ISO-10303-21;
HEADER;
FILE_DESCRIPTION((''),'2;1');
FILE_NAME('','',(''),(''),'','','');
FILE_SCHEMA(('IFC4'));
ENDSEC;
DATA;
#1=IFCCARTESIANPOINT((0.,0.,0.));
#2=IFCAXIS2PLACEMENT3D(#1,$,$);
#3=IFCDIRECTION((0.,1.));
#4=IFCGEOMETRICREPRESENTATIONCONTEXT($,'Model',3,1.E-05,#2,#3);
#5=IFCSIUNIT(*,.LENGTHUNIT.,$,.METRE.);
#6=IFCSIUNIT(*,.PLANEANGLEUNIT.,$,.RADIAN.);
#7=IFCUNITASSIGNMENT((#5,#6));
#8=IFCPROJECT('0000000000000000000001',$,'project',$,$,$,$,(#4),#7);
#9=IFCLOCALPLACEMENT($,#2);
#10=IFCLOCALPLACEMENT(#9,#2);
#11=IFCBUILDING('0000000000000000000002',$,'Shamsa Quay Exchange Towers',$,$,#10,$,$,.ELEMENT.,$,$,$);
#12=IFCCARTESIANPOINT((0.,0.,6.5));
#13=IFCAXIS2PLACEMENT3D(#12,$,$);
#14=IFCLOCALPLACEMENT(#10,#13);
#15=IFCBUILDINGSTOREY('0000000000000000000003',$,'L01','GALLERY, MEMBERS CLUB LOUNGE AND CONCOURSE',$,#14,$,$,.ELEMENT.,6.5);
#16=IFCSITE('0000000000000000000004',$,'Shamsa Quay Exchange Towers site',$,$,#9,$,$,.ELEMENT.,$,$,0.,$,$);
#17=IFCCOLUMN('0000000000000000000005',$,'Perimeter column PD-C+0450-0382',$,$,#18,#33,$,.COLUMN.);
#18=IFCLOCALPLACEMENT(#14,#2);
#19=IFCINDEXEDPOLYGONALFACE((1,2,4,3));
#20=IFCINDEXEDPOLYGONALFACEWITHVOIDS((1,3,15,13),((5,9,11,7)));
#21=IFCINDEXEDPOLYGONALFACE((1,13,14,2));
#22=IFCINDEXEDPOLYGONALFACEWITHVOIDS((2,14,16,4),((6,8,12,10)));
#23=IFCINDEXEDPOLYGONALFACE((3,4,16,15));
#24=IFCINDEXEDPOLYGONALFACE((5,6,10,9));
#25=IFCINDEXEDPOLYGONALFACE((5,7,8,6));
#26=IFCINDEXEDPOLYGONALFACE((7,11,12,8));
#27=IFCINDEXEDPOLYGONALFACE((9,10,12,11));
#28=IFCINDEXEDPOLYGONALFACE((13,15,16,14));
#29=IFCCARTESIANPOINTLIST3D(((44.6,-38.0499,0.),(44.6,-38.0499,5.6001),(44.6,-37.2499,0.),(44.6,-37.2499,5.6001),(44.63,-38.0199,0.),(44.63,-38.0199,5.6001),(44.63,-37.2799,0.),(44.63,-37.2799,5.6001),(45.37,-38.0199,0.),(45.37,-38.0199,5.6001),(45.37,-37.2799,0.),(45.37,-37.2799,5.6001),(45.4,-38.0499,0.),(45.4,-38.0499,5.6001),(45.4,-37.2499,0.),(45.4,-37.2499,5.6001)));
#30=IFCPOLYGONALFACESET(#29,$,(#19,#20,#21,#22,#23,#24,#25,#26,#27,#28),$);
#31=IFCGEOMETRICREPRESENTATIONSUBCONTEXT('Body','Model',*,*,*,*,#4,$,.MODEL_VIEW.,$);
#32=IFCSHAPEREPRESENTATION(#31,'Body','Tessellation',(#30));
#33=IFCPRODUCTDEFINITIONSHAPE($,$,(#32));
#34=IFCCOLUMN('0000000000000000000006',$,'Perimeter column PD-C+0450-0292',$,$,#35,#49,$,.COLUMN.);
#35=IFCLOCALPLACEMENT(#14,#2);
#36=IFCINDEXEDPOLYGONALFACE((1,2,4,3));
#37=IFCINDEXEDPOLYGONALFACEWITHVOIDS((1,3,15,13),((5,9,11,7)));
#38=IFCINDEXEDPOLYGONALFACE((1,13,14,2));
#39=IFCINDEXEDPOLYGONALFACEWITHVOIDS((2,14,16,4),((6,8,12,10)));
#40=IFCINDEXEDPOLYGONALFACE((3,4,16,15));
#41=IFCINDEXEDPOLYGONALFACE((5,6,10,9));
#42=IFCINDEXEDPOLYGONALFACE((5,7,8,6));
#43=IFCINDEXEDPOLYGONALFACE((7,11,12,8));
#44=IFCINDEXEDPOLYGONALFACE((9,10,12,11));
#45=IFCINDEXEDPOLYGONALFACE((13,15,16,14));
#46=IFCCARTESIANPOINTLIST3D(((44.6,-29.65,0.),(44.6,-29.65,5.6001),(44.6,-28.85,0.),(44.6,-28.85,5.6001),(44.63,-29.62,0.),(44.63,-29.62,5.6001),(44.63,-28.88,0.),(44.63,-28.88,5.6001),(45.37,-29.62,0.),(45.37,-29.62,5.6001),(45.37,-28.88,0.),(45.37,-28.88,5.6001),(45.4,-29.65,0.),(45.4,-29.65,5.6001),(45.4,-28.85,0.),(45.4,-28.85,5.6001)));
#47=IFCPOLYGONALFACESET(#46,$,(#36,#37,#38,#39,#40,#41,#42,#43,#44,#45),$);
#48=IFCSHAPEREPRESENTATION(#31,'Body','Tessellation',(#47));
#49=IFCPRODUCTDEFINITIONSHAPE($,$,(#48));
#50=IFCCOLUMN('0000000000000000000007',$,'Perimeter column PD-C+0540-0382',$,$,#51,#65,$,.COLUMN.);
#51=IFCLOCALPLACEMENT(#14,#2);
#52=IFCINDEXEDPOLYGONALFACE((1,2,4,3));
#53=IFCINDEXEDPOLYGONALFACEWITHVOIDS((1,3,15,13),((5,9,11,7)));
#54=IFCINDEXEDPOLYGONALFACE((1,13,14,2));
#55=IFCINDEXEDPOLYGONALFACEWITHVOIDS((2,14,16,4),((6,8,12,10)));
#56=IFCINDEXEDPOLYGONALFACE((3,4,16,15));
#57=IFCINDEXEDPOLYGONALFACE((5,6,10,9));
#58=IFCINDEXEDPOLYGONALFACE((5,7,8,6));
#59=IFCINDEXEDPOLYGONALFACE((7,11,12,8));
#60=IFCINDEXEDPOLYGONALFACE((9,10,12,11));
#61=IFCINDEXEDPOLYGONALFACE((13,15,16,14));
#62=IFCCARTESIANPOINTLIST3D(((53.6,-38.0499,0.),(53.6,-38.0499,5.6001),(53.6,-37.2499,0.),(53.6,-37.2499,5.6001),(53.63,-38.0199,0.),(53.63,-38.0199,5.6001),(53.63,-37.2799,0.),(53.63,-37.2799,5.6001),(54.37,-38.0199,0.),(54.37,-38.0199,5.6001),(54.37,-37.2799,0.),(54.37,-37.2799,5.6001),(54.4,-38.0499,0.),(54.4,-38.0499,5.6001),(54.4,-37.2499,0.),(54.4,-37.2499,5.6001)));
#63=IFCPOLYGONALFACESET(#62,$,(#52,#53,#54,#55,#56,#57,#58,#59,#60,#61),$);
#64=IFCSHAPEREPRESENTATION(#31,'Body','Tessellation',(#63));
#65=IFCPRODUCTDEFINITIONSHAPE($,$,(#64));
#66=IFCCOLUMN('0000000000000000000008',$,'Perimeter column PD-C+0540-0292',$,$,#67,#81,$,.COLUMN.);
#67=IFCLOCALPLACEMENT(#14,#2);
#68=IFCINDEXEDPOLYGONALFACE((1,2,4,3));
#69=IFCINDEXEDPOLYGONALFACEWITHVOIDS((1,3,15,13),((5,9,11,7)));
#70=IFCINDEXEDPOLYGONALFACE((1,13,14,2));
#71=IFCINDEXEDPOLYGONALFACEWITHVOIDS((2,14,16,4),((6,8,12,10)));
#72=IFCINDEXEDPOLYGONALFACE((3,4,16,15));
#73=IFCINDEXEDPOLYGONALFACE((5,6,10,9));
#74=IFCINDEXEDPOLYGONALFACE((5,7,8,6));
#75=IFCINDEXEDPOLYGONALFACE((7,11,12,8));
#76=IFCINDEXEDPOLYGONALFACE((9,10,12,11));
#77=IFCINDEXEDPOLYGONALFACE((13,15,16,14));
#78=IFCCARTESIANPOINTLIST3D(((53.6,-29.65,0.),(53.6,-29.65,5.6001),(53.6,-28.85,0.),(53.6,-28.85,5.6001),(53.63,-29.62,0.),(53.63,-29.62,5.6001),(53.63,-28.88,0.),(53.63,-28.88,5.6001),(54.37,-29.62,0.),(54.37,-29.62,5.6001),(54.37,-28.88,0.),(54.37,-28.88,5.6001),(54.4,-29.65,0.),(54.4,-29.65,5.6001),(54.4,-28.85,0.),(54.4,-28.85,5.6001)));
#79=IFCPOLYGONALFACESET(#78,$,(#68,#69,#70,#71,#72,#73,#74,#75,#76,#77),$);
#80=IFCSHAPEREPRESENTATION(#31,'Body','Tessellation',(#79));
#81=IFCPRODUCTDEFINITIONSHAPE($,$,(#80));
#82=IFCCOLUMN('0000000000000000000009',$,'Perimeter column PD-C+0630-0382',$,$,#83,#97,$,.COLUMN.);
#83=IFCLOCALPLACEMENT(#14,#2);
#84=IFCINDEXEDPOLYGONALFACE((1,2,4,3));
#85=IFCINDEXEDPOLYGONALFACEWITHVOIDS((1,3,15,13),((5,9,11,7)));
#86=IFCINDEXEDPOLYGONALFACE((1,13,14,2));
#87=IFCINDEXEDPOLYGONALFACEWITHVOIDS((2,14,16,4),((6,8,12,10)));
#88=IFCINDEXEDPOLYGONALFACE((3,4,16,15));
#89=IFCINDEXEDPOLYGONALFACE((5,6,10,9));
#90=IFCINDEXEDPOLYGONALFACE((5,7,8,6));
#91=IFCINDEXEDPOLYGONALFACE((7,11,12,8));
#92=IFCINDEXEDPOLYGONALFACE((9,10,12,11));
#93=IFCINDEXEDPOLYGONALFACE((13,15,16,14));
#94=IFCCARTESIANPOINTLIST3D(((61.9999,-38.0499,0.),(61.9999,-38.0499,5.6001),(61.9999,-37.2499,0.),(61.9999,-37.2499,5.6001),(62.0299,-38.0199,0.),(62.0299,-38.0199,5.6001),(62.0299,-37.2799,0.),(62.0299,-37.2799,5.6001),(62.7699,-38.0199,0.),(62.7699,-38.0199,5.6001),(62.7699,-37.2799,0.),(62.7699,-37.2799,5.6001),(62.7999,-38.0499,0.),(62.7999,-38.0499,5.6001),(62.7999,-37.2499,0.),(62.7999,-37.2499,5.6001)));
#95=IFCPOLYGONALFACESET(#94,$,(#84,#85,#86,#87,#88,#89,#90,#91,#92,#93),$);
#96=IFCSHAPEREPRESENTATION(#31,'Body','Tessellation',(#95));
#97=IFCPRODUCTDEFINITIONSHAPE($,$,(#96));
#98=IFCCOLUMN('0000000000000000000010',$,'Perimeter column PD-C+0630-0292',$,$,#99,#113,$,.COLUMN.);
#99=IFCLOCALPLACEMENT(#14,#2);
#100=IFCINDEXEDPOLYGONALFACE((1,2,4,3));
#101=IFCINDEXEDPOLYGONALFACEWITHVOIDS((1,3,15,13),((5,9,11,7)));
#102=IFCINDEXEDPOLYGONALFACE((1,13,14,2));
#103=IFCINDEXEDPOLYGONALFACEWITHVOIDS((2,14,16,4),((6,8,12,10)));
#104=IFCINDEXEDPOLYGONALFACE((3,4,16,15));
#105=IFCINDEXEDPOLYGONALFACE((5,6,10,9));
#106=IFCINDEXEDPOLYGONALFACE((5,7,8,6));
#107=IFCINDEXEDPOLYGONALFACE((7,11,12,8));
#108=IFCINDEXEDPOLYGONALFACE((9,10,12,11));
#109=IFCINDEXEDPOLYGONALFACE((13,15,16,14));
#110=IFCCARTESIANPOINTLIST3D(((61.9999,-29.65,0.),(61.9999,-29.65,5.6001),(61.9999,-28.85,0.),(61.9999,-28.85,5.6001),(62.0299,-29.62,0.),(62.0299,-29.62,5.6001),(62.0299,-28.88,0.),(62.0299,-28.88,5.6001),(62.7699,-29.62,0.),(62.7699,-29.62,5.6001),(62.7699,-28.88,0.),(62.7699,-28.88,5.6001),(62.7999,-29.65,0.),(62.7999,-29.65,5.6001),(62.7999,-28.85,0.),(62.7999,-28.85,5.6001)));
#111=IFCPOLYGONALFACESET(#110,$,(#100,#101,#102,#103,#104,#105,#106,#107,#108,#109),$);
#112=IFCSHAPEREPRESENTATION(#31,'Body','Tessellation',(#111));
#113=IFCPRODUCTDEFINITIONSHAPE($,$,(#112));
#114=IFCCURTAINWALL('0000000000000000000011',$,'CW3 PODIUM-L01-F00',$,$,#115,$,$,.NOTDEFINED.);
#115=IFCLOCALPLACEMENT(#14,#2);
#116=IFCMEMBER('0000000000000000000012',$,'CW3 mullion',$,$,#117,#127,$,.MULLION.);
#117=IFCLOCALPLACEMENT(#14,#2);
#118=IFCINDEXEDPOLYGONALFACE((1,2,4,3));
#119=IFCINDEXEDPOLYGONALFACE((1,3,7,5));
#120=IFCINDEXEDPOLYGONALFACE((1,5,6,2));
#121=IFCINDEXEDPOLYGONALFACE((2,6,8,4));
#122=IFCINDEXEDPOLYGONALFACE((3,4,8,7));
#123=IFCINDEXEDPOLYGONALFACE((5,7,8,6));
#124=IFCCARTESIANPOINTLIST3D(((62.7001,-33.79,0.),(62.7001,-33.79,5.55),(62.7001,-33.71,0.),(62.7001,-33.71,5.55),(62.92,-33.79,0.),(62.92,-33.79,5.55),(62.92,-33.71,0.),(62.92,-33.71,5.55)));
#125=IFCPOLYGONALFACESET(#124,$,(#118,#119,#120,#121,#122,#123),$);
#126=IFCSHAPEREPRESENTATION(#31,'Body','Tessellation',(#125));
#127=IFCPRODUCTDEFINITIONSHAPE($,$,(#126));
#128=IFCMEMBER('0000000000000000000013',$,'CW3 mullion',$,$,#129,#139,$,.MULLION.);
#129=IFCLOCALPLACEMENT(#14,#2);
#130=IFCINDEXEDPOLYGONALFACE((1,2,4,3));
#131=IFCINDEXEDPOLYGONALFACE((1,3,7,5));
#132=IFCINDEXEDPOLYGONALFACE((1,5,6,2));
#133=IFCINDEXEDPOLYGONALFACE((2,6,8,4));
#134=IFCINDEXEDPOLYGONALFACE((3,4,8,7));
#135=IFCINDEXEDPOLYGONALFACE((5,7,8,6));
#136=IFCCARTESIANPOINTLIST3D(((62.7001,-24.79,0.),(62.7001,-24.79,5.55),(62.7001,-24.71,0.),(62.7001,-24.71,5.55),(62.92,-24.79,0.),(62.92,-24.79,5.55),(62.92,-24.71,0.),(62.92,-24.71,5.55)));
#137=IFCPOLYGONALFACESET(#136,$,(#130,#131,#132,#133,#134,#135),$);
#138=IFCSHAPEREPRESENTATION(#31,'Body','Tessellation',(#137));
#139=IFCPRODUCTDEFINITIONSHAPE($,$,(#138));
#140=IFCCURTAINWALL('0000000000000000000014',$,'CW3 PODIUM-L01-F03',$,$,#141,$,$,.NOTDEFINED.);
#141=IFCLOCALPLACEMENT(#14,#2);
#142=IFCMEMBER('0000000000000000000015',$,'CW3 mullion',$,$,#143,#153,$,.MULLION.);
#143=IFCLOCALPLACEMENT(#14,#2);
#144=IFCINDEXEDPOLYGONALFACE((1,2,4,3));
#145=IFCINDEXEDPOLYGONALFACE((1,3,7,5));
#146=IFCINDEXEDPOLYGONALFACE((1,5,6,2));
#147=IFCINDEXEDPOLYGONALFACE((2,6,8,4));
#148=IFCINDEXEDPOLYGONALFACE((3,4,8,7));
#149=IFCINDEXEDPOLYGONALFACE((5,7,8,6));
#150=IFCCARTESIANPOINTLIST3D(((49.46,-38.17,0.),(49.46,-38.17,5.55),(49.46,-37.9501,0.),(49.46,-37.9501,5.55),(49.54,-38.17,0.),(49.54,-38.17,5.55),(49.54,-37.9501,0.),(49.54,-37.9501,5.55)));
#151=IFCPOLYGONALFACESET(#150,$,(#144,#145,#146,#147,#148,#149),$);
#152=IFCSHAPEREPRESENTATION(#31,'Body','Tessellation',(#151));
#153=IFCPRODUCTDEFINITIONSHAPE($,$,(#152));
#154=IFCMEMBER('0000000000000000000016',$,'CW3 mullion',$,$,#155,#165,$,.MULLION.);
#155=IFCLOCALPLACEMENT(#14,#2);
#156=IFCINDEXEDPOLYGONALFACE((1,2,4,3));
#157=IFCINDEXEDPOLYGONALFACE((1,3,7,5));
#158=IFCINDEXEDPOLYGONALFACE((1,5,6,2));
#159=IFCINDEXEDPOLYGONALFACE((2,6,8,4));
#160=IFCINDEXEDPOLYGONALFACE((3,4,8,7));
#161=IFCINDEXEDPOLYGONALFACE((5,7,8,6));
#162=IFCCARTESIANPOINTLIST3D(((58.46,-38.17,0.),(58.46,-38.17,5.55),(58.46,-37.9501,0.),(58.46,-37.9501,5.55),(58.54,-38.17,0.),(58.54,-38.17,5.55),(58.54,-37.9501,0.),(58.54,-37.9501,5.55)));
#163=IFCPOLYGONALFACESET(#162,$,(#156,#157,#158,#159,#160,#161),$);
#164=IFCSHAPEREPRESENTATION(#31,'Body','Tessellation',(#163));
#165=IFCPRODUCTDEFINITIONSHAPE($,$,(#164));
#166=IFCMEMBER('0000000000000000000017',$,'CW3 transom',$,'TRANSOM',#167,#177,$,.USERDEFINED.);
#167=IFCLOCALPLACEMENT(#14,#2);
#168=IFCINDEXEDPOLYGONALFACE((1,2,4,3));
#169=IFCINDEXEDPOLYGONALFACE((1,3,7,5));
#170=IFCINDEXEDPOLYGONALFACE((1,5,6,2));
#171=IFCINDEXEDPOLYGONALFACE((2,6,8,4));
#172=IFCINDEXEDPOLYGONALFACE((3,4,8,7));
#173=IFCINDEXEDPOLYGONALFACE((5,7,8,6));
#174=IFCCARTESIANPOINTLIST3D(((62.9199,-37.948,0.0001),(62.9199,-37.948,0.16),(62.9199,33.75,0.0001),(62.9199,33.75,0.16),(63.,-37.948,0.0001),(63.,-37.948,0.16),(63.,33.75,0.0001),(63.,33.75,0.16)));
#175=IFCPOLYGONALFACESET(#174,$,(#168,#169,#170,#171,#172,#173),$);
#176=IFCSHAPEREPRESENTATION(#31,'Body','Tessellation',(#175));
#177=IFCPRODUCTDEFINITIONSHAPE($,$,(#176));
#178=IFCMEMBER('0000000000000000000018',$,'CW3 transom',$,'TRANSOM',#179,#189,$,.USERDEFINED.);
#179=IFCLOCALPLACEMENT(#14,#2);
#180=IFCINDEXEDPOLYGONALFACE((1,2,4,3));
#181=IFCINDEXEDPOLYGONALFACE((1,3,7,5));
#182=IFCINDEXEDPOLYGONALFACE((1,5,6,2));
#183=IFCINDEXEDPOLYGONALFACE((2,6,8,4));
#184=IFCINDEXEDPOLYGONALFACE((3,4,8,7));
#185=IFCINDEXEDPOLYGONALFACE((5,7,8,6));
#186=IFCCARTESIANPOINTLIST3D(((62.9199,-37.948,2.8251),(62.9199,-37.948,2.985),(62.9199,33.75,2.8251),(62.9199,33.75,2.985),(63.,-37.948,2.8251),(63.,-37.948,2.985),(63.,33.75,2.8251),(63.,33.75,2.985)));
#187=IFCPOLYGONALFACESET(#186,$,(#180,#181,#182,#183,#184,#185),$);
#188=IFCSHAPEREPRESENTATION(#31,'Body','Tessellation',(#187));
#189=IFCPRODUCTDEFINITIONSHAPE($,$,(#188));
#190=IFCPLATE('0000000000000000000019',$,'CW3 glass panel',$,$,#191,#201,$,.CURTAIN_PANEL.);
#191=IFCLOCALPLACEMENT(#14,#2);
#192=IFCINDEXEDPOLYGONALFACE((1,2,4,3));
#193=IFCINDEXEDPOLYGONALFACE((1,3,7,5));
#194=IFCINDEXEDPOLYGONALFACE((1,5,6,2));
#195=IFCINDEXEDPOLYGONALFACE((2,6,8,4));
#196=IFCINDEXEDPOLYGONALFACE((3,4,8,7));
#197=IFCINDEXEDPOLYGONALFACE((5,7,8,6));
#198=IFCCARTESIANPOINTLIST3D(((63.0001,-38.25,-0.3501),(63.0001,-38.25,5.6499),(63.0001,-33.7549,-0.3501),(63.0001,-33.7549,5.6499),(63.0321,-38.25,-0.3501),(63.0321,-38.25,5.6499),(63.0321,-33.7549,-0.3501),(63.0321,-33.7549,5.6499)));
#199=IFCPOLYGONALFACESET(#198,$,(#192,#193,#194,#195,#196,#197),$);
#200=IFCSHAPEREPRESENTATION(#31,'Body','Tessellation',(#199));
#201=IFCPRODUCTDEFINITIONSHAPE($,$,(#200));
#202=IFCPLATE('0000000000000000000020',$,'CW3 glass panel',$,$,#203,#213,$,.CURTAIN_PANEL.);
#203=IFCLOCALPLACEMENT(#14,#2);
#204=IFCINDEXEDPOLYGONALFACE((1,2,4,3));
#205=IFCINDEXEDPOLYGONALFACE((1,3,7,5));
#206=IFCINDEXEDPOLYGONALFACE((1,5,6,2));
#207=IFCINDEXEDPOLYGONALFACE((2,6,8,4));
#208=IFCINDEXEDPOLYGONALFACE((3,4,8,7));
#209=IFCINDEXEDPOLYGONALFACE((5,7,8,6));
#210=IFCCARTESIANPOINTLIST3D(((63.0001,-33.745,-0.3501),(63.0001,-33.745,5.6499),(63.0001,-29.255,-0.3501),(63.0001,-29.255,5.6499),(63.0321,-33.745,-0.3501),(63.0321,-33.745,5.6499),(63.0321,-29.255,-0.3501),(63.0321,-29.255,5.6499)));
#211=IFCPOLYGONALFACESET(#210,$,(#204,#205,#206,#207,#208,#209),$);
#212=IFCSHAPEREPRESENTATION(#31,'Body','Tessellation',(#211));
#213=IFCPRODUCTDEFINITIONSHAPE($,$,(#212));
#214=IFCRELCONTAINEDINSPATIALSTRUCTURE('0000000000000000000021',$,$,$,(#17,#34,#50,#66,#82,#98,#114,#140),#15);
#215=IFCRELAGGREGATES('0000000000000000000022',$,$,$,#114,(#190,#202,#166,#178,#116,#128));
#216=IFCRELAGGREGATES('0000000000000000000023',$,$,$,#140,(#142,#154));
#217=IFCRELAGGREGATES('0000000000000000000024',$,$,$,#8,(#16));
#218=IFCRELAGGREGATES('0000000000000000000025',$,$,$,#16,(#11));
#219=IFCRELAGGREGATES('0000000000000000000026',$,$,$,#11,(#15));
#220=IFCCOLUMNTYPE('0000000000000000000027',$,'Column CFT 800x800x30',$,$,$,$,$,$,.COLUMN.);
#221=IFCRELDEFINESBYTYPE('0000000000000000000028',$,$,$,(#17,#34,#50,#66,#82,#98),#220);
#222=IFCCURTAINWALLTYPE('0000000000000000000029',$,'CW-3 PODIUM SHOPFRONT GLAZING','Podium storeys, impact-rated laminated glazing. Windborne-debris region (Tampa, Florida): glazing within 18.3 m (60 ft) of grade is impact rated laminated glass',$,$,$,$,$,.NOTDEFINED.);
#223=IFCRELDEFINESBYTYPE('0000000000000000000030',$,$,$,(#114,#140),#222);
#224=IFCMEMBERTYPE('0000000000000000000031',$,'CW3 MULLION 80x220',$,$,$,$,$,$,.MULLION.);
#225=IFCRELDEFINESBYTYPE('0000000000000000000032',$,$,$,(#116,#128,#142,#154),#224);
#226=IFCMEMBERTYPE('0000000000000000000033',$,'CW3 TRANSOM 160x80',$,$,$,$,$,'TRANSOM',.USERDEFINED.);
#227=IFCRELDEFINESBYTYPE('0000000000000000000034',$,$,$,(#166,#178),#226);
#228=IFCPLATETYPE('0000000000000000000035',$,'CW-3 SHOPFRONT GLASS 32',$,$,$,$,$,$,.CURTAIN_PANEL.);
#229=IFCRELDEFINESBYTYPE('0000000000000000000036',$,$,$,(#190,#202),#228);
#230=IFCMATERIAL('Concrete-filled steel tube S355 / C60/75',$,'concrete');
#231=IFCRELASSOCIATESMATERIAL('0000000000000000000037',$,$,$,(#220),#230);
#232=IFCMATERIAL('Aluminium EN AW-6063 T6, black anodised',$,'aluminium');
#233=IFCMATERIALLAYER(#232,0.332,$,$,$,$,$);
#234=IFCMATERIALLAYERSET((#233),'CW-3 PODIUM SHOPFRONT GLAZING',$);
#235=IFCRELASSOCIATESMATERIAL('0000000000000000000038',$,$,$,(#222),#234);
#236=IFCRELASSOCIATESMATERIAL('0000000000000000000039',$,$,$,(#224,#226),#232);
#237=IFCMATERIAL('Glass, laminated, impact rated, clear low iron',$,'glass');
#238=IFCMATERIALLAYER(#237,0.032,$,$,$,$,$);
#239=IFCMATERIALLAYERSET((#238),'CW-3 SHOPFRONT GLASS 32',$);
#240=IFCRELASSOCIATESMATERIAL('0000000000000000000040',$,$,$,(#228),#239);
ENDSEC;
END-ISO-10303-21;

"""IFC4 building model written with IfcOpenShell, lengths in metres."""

from ifc_helpers import new_model, si_unit, direction, frame, origin, origin_2d, place, context, subcontext, project, spatial, rectangle, hollow_rectangle, extrude, material, layer, layer_set, material_profile, profile_set, type_object, element, aggregate, save


model = new_model("IFC4")

# Units and contexts
model_context = context("Model", 3, precision=1e-05, world=origin(), true_north=direction((0.0, 1.0)))
body_context = subcontext(model_context, "Body", "Model", "MODEL_VIEW")
ifc_project = project(units=[si_unit("LENGTHUNIT", "METRE"), si_unit("PLANEANGLEUNIT", "RADIAN")], contexts=[model_context])

# Site, building, storey
site_placement = place(None, origin())
site = spatial("IfcSite", under=ifc_project, at=site_placement, Name="Shamsa Quay Exchange Towers site", CompositionType="ELEMENT", RefElevation=0.0)
building_placement = place(site_placement, origin())
building = spatial("IfcBuilding", under=site, at=building_placement, Name="Shamsa Quay Exchange Towers", CompositionType="ELEMENT")
storey_placement = place(building_placement, frame((0.0, 0.0, 6.5)))
storey = spatial("IfcBuildingStorey", under=building, at=storey_placement, Name="L01", Description="GALLERY, MEMBERS CLUB LOUNGE AND CONCOURSE", CompositionType="ELEMENT", Elevation=6.5)

# Columns
ifc_material_1 = material(Name="Concrete-filled steel tube S355 / C60/75", Category="concrete")
ifc_material_profile_1 = material_profile(ifc_material_1, hollow_rectangle(XDim=0.8, YDim=0.8, WallThickness=0.03, at=origin_2d()), Name="CFT 800x800x30")
ifc_profile_set_1 = profile_set([ifc_material_profile_1], Name="Concrete-filled steel tube S355 / C60/75")
column_type = type_object("IfcColumnType", Name="Column CFT 800x800x30", PredefinedType="COLUMN", material=ifc_profile_set_1)
for number, where, name in (
    (1, (45.0, -37.6499, 0.0), "Perimeter column PD-C+0450-0382"),
    (2, (45.0, -29.25, 0.0), "Perimeter column PD-C+0450-0292"),
    (3, (54.0, -37.6499, 0.0), "Perimeter column PD-C+0540-0382"),
    (4, (54.0, -29.25, 0.0), "Perimeter column PD-C+0540-0292"),
    (5, (62.3999, -37.6499, 0.0), "Perimeter column PD-C+0630-0382"),
    (6, (62.3999, -29.25, 0.0), "Perimeter column PD-C+0630-0292"),
):
    element("IfcColumn", number, at=place(storey_placement, frame(where)), inside=storey, type_object=column_type, Name=name, PredefinedType="COLUMN", context=body_context, shape_type="SweptSolid", body=[
        extrude(hollow_rectangle(XDim=0.8, YDim=0.8, WallThickness=0.03, at=origin_2d()), origin(), (0.0, 0.0, 1.0), 5.6001),
    ])

# Curtain walls, members
ifc_material_2 = material(Name="Aluminium EN AW-6063 T6, black anodised", Category="aluminium")
ifc_layer_1 = layer(ifc_material_2, 0.332)
ifc_layer_set_1 = layer_set([ifc_layer_1], Name="CW-3 PODIUM SHOPFRONT GLAZING")
curtain_wall_type = type_object("IfcCurtainWallType", Name="CW-3 PODIUM SHOPFRONT GLAZING", Description="Podium storeys, impact-rated laminated glazing. Windborne-debris region (Tampa, Florida): glazing within 18.3 m (60 ft) of grade is impact rated laminated glass", PredefinedType="NOTDEFINED", material=ifc_layer_set_1)
curtain_wall_1_placement = place(storey_placement, origin())
curtain_wall_1 = element("IfcCurtainWall", 7, at=curtain_wall_1_placement, inside=storey, type_object=curtain_wall_type, Name="CW3 PODIUM-L01-F00", PredefinedType="NOTDEFINED")
ifc_material_profile_2 = material_profile(ifc_material_2, rectangle(XDim=0.22, YDim=0.0801, at=origin_2d()), Name="MU80x220")
ifc_profile_set_2 = profile_set([ifc_material_profile_2], Name="Aluminium EN AW-6063 T6, black anodised")
member_type_1 = type_object("IfcMemberType", Name="CW3 MULLION 80x220", PredefinedType="MULLION", material=ifc_profile_set_2)
member_1_placement = place(storey_placement, frame((62.8101, -33.75, 0.0), z_axis=(0.0, 0.0, 1.0), x_axis=(-1.0, 0.0, 0.0)))
member_1 = element("IfcMember", 8, at=member_1_placement, type_object=member_type_1, Name="CW3 mullion", PredefinedType="MULLION", context=body_context, shape_type="SweptSolid", body=[
    extrude(rectangle(XDim=0.22, YDim=0.0801, at=origin_2d()), origin(), (0.0, 0.0, 1.0), 5.55),
])
member_2_placement = place(storey_placement, frame((62.8101, -24.75, 0.0), z_axis=(0.0, 0.0, 1.0), x_axis=(-1.0, 0.0, 0.0)))
member_2 = element("IfcMember", 9, at=member_2_placement, type_object=member_type_1, Name="CW3 mullion", PredefinedType="MULLION", context=body_context, shape_type="SweptSolid", body=[
    extrude(rectangle(XDim=0.22, YDim=0.0801, at=origin_2d()), origin(), (0.0, 0.0, 1.0), 5.55),
])
curtain_wall_2_placement = place(storey_placement, origin())
curtain_wall_2 = element("IfcCurtainWall", 10, at=curtain_wall_2_placement, inside=storey, type_object=curtain_wall_type, Name="CW3 PODIUM-L01-F03", PredefinedType="NOTDEFINED")
member_3_placement = place(storey_placement, frame((49.5, -38.0601, 0.0), z_axis=(0.0, 0.0, 1.0), x_axis=(0.0, 1.0, 0.0)))
member_3 = element("IfcMember", 11, at=member_3_placement, type_object=member_type_1, Name="CW3 mullion", PredefinedType="MULLION", context=body_context, shape_type="SweptSolid", body=[
    extrude(rectangle(XDim=0.22, YDim=0.0801, at=origin_2d()), origin(), (0.0, 0.0, 1.0), 5.55),
])
member_4_placement = place(storey_placement, frame((58.5, -38.0601, 0.0), z_axis=(0.0, 0.0, 1.0), x_axis=(0.0, 1.0, 0.0)))
member_4 = element("IfcMember", 12, at=member_4_placement, type_object=member_type_1, Name="CW3 mullion", PredefinedType="MULLION", context=body_context, shape_type="SweptSolid", body=[
    extrude(rectangle(XDim=0.22, YDim=0.0801, at=origin_2d()), origin(), (0.0, 0.0, 1.0), 5.55),
])

# Members
ifc_material_profile_3 = material_profile(ifc_material_2, rectangle(XDim=0.0801, YDim=0.1599, at=origin_2d()), Name="TR160x80")
ifc_profile_set_3 = profile_set([ifc_material_profile_3], Name="Aluminium EN AW-6063 T6, black anodised")
member_type_2 = type_object("IfcMemberType", Name="CW3 TRANSOM 160x80", ElementType="TRANSOM", PredefinedType="USERDEFINED", material=ifc_profile_set_3)
member_5_placement = place(storey_placement, frame((62.96, -37.948, 0.0801), z_axis=(0.0, 1.0, 0.0), x_axis=(-1.0, 0.0, 0.0)))
member_5 = element("IfcMember", 13, at=member_5_placement, type_object=member_type_2, Name="CW3 transom", ObjectType="TRANSOM", PredefinedType="USERDEFINED", context=body_context, shape_type="SweptSolid", body=[
    extrude(rectangle(XDim=0.0801, YDim=0.1599, at=origin_2d()), origin(), (0.0, 0.0, 1.0), 71.698),
])
member_6_placement = place(storey_placement, frame((62.96, -37.948, 2.905), z_axis=(0.0, 1.0, 0.0), x_axis=(-1.0, 0.0, 0.0)))
member_6 = element("IfcMember", 14, at=member_6_placement, type_object=member_type_2, Name="CW3 transom", ObjectType="TRANSOM", PredefinedType="USERDEFINED", context=body_context, shape_type="SweptSolid", body=[
    extrude(rectangle(XDim=0.0801, YDim=0.1599, at=origin_2d()), origin(), (0.0, 0.0, 1.0), 71.698),
])

# Plates
ifc_material_3 = material(Name="Glass, laminated, impact rated, clear low iron", Category="glass")
ifc_layer_2 = layer(ifc_material_3, 0.032)
ifc_layer_set_2 = layer_set([ifc_layer_2], Name="CW-3 SHOPFRONT GLASS 32")
plate_type = type_object("IfcPlateType", Name="CW-3 SHOPFRONT GLASS 32", PredefinedType="CURTAIN_PANEL", material=ifc_layer_set_2)
plate_1_placement = place(storey_placement, frame((63.0161, -36.0024, -0.3501), z_axis=(0.0, 0.0, 1.0), x_axis=(0.0, 1.0, 0.0)))
plate_1 = element("IfcPlate", 15, at=plate_1_placement, type_object=plate_type, Name="CW3 glass panel", PredefinedType="CURTAIN_PANEL", context=body_context, shape_type="SweptSolid", body=[
    extrude(rectangle(XDim=4.4951, YDim=0.032, at=origin_2d()), origin(), (0.0, 0.0, 1.0), 6.0),
])
plate_2_placement = place(storey_placement, frame((63.0161, -31.5, -0.3501), z_axis=(0.0, 0.0, 1.0), x_axis=(0.0, 1.0, 0.0)))
plate_2 = element("IfcPlate", 16, at=plate_2_placement, type_object=plate_type, Name="CW3 glass panel", PredefinedType="CURTAIN_PANEL", context=body_context, shape_type="SweptSolid", body=[
    extrude(rectangle(XDim=4.49, YDim=0.032, at=origin_2d()), origin(), (0.0, 0.0, 1.0), 6.0),
])
aggregate(curtain_wall_1, [plate_1, plate_2, member_5, member_6, member_1, member_2])
aggregate(curtain_wall_2, [member_3, member_4])

save(model, "model.ifc")
